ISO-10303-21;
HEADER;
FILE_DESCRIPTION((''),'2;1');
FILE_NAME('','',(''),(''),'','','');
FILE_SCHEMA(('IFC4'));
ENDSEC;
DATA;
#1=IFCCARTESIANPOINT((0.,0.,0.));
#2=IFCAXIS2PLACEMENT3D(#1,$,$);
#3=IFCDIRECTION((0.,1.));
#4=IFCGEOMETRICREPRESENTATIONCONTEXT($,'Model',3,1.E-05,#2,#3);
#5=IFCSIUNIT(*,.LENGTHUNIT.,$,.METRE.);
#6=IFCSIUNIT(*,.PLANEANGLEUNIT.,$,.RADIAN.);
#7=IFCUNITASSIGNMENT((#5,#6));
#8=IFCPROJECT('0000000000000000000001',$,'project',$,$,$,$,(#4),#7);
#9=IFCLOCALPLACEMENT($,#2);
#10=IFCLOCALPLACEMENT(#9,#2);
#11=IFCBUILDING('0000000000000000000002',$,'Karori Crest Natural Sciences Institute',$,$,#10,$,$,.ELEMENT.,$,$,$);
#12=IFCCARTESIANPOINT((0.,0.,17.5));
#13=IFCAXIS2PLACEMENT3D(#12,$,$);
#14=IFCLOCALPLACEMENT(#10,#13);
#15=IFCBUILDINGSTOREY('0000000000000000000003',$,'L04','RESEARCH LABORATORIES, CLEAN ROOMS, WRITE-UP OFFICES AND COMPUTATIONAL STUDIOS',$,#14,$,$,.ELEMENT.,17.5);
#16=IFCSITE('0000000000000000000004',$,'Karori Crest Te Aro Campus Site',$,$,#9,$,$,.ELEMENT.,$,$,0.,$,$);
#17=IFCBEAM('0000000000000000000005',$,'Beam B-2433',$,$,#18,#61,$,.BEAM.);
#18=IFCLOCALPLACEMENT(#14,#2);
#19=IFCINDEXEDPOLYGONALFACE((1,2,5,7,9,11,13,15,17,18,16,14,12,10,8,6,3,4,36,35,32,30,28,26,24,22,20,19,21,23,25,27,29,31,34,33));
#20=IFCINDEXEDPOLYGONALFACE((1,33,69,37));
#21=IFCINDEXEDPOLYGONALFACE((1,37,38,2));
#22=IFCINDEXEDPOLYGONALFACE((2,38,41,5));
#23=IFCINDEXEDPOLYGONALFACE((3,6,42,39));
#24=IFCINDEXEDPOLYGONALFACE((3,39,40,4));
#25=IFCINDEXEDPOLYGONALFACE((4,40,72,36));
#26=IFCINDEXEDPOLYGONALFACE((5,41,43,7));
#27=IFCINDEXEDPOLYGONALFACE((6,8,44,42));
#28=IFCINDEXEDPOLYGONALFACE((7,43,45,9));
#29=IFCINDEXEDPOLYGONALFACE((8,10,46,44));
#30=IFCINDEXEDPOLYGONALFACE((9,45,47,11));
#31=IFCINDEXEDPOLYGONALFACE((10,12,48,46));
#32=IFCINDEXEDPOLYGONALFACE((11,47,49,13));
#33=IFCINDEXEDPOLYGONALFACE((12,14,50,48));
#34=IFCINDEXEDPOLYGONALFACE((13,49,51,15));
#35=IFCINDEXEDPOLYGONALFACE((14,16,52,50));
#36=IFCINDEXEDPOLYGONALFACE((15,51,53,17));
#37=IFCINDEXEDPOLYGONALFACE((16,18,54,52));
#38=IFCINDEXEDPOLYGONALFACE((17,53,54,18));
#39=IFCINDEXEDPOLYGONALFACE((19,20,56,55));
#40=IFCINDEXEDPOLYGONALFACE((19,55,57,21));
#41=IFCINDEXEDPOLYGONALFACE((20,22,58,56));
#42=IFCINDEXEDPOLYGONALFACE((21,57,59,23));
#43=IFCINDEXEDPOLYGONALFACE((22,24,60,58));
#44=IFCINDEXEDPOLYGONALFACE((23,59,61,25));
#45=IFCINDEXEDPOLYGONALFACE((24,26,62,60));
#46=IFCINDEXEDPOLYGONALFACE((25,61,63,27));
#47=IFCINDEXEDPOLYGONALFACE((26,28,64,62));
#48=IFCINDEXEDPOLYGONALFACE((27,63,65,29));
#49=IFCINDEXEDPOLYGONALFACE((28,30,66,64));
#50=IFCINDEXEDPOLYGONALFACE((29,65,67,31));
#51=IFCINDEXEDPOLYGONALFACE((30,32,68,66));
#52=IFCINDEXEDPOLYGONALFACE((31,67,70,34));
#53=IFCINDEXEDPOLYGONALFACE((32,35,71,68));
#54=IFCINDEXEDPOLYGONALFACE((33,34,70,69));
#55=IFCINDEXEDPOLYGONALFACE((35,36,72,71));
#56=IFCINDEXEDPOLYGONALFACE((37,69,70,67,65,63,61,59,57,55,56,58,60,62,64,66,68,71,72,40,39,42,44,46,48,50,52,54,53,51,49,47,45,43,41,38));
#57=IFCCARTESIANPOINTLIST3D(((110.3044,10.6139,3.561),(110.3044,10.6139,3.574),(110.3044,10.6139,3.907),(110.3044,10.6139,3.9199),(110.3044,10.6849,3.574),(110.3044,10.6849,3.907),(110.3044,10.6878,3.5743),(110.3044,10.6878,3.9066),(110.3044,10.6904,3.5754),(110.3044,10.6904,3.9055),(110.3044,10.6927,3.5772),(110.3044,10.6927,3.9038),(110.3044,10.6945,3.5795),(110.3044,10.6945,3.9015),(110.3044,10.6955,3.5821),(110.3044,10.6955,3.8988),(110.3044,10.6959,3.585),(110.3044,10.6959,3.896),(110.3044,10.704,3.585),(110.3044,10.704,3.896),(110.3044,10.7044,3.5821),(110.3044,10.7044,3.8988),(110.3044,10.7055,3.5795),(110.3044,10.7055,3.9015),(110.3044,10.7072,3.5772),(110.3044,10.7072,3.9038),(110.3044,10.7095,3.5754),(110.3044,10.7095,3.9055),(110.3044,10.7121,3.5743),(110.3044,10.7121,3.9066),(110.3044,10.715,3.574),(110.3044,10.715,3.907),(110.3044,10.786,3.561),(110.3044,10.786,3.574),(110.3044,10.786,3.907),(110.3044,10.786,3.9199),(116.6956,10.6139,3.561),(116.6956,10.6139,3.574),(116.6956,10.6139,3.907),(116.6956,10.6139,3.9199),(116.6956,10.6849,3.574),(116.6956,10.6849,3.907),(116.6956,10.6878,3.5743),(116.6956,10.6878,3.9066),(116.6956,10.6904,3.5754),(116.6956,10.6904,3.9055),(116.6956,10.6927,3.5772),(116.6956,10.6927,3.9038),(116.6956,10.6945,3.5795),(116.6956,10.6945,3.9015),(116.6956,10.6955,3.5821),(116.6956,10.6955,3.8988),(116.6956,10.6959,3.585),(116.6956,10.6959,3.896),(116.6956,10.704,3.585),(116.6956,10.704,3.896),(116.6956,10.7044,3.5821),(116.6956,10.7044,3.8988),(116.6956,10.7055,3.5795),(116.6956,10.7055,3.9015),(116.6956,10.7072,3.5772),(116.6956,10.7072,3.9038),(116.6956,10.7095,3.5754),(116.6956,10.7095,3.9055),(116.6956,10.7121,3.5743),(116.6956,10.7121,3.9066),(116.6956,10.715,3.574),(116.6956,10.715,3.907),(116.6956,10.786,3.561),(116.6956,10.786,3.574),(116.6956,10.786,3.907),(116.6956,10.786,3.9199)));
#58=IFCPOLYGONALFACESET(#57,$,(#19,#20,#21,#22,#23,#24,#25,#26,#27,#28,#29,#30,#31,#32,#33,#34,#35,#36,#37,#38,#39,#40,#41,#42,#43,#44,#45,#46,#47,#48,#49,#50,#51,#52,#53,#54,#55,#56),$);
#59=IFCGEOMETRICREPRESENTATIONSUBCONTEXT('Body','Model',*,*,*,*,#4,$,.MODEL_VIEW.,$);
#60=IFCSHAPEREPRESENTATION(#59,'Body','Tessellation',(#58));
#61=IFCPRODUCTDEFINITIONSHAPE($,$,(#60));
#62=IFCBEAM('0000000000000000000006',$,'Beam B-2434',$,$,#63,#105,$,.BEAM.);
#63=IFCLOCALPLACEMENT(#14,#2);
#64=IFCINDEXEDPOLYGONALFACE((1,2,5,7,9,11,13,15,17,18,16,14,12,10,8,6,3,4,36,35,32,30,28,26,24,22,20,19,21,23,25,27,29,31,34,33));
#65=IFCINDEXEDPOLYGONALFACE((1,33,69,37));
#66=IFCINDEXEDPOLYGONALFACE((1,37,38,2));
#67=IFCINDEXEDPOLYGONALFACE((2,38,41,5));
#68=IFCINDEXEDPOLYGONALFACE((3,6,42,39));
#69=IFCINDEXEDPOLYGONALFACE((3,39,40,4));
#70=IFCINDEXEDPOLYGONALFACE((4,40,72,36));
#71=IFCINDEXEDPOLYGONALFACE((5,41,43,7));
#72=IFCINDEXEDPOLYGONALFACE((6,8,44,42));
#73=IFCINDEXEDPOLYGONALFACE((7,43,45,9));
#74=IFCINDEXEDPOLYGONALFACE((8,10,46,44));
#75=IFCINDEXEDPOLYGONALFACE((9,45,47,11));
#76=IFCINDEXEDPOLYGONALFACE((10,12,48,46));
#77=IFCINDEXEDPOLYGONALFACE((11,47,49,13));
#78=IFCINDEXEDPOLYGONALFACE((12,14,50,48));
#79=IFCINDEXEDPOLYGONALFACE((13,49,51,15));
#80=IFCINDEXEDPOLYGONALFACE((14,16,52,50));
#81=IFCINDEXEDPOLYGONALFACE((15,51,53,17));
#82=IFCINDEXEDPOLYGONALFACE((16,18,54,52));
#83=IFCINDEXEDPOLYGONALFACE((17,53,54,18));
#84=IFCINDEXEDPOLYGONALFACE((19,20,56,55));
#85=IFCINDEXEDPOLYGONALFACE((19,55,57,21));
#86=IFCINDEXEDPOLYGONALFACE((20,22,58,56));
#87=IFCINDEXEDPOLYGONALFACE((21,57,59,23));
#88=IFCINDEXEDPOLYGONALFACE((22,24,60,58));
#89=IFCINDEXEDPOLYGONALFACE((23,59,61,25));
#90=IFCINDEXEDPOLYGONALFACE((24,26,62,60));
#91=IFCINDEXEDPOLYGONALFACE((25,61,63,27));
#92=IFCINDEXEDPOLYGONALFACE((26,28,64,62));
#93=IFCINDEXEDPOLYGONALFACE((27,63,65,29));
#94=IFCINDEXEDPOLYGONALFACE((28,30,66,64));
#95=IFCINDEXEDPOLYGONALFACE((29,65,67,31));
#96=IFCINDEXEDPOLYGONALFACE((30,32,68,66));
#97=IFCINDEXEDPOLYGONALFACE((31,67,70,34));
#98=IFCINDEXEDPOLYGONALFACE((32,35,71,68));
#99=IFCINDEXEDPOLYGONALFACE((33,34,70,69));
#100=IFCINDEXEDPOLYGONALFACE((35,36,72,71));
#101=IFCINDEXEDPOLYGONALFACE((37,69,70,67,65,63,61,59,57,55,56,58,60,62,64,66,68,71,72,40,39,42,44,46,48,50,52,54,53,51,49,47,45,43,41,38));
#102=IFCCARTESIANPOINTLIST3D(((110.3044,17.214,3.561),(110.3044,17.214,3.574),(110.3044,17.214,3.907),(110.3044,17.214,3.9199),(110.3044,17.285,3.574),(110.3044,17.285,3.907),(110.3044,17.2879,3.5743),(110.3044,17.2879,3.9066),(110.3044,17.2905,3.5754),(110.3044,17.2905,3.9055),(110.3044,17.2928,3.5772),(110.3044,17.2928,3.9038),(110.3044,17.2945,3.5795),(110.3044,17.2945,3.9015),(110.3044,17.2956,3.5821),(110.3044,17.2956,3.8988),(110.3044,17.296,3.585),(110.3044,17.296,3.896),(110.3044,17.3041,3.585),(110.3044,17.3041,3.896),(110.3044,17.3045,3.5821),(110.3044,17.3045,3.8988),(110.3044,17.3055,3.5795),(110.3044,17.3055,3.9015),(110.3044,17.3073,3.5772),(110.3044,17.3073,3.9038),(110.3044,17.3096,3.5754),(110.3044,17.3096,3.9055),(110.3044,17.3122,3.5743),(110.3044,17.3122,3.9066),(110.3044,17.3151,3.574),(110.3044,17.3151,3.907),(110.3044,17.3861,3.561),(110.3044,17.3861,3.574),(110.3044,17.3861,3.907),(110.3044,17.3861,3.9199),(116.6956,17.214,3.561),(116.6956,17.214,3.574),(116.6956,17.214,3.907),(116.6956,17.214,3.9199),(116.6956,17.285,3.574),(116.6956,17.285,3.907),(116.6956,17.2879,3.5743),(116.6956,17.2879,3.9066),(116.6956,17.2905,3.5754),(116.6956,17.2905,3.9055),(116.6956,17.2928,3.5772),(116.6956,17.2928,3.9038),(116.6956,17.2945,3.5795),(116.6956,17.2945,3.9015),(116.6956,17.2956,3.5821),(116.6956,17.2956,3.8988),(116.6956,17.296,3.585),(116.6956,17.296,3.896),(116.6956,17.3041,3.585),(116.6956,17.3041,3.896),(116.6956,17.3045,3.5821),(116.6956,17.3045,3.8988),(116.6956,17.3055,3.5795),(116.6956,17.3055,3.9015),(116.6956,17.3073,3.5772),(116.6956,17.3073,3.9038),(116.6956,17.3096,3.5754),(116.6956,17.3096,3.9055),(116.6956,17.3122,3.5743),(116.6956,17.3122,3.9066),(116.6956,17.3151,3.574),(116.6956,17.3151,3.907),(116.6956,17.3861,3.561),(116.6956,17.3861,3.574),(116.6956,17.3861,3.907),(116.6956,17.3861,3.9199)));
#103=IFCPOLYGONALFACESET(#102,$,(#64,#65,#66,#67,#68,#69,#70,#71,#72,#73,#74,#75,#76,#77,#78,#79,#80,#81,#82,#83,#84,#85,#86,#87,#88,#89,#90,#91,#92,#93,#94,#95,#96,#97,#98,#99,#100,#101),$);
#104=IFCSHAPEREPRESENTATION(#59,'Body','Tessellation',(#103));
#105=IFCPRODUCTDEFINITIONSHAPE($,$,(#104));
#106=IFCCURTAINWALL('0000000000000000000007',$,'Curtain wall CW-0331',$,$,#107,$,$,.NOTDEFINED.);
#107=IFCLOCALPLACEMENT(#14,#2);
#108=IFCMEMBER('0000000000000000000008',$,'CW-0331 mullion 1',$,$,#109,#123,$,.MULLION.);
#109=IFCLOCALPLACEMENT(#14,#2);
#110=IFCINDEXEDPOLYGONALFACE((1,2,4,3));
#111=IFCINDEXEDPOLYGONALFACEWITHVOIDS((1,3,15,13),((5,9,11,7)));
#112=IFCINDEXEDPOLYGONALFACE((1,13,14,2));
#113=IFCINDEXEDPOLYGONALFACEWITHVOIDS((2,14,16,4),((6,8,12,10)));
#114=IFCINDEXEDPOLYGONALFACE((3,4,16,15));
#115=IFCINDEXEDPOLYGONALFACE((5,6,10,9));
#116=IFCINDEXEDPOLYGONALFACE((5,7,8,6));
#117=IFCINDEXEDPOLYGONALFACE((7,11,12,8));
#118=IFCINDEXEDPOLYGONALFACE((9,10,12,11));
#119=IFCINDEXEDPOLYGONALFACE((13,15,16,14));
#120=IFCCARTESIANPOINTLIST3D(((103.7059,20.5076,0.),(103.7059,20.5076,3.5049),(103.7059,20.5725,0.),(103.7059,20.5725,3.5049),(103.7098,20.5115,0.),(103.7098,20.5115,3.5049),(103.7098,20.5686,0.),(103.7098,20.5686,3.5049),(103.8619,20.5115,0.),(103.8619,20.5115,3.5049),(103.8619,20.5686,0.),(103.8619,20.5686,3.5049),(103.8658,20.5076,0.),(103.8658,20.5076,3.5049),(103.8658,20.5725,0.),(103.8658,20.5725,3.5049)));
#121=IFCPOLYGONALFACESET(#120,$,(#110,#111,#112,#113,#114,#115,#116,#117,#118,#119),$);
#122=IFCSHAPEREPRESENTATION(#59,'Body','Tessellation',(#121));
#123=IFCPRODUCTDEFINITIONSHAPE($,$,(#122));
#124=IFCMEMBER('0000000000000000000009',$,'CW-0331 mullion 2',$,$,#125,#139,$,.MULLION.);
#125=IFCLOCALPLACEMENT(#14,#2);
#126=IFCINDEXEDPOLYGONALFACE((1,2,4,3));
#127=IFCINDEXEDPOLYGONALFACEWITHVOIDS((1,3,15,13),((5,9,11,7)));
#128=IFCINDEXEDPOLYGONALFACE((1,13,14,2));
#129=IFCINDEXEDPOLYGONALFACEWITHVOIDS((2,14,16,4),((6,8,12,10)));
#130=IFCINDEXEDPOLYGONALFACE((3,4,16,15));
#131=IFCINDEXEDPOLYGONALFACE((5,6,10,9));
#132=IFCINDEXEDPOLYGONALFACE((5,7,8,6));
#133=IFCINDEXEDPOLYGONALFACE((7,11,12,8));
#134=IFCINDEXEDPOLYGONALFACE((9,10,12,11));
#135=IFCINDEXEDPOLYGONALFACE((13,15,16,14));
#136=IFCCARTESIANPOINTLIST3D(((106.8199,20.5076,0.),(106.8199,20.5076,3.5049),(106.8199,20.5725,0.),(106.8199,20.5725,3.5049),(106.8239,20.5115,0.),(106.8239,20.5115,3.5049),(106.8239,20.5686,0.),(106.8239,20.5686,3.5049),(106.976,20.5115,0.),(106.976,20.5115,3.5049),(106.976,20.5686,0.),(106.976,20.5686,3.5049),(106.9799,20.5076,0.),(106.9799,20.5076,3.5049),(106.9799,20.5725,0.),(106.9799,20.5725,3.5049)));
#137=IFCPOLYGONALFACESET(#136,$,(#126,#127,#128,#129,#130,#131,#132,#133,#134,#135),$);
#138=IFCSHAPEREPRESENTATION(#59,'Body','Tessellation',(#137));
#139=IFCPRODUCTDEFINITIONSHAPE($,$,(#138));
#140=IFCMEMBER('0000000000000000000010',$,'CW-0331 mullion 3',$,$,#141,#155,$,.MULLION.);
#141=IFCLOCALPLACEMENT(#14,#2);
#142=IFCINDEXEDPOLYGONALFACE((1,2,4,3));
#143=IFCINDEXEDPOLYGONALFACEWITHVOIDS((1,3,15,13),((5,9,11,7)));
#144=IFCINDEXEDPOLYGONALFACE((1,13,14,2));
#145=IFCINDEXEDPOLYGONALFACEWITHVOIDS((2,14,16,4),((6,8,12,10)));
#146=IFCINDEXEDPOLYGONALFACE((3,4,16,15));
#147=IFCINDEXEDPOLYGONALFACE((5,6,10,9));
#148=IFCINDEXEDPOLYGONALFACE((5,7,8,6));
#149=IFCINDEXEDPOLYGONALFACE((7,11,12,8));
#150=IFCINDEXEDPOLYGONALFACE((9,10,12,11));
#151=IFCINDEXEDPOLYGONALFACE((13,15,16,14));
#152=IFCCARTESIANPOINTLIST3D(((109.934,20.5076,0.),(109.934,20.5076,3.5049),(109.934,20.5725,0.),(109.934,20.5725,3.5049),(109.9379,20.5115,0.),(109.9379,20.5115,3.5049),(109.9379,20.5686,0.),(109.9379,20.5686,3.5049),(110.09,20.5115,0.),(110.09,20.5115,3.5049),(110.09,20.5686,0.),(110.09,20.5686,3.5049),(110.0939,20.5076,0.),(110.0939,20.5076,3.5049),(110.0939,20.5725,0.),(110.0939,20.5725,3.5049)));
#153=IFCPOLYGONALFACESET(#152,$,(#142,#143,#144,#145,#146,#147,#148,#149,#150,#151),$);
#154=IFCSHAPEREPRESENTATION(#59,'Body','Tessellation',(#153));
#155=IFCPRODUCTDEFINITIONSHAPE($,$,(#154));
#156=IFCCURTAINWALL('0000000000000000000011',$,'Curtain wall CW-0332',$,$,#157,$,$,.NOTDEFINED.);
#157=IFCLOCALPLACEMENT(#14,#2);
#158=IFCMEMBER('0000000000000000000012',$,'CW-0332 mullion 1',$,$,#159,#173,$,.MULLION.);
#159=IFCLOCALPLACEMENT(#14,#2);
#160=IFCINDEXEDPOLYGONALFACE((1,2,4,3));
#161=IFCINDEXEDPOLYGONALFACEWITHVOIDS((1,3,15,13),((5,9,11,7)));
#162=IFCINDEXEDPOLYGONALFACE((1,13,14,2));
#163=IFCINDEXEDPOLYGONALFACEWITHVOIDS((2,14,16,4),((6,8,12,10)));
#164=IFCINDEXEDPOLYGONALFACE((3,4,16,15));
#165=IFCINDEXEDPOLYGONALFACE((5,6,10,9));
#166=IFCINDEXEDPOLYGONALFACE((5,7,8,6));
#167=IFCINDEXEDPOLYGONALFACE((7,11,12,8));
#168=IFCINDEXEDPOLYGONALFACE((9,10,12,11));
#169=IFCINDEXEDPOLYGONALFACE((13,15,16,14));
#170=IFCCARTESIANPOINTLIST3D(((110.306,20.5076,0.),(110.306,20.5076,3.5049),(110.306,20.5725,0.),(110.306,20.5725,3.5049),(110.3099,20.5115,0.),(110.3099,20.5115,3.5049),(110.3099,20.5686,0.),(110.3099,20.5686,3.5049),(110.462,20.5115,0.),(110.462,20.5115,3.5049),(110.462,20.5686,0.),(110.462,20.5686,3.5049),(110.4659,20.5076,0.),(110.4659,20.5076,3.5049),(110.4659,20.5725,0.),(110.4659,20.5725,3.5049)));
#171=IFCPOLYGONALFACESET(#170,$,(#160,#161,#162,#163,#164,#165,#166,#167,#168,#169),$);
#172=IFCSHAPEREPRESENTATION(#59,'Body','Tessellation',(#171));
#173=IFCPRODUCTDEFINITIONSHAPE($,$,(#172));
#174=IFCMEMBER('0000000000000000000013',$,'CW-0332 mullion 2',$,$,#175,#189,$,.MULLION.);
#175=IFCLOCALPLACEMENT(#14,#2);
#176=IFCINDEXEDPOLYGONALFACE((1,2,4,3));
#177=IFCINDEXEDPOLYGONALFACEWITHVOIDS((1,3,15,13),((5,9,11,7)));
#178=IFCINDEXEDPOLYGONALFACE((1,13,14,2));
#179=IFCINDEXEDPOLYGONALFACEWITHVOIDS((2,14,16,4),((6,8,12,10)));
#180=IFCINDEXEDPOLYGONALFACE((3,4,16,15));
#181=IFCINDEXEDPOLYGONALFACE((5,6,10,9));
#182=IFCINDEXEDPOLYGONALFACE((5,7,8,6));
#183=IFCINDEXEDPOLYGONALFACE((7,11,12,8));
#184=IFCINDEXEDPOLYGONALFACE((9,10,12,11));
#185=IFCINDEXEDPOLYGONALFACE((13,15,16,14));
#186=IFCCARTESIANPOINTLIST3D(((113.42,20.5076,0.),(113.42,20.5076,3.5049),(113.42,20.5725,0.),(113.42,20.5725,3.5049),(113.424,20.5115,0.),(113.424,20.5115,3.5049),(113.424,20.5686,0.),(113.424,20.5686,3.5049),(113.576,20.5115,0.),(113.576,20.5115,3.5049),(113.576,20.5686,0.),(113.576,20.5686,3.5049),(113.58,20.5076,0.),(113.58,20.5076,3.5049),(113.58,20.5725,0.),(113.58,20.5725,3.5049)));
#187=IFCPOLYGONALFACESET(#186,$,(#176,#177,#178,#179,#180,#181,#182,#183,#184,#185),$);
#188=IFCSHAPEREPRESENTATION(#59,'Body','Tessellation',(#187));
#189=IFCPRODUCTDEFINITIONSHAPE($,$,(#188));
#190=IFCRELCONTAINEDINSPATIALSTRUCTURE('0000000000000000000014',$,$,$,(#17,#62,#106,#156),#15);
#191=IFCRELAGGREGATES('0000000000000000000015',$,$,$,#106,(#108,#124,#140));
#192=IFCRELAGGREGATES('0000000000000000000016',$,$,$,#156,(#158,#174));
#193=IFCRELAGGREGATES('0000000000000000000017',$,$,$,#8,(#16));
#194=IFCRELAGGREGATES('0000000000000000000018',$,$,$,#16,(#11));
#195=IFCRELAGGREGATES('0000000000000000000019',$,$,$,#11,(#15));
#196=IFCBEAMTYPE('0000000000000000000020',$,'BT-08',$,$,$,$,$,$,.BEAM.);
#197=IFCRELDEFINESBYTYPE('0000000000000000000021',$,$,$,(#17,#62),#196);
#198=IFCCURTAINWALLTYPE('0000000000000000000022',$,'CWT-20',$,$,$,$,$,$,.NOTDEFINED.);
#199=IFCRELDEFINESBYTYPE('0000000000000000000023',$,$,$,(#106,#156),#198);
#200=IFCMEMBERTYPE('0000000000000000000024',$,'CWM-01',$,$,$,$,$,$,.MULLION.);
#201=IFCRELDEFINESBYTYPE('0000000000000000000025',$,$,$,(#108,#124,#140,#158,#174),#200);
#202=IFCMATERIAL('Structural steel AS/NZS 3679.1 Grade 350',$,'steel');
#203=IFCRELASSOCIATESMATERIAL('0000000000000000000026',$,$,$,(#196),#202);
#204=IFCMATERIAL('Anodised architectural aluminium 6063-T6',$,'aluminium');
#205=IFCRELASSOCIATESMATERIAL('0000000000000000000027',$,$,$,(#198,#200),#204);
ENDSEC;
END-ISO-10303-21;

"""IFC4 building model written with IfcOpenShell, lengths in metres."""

from ifc_helpers import new_model, si_unit, direction, frame, origin, origin_2d, place, context, subcontext, project, spatial, hollow_rectangle, i_section, extrude, material, material_profile, profile_set, type_object, element, aggregate, save


model = new_model("IFC4")

# Units and contexts
model_context = context("Model", 3, precision=1e-05, world=origin(), true_north=direction((0.0, 1.0)))
body_context = subcontext(model_context, "Body", "Model", "MODEL_VIEW")
ifc_project = project(units=[si_unit("LENGTHUNIT", "METRE"), si_unit("PLANEANGLEUNIT", "RADIAN")], contexts=[model_context])

# Site, building, storey
site_placement = place(None, origin())
site = spatial("IfcSite", under=ifc_project, at=site_placement, Name="Karori Crest Te Aro Campus Site", CompositionType="ELEMENT", RefElevation=0.0)
building_placement = place(site_placement, origin())
building = spatial("IfcBuilding", under=site, at=building_placement, Name="Karori Crest Natural Sciences Institute", CompositionType="ELEMENT")
storey_placement = place(building_placement, frame((0.0, 0.0, 17.5)))
storey = spatial("IfcBuildingStorey", under=building, at=storey_placement, Name="L04", Description="RESEARCH LABORATORIES, CLEAN ROOMS, WRITE-UP OFFICES AND COMPUTATIONAL STUDIOS", CompositionType="ELEMENT", Elevation=17.5)

# Shared definitions
ifc_material_1 = material(Name="Structural steel AS/NZS 3679.1 Grade 350", Category="steel")

# Beams
ifc_material_profile_1 = material_profile(ifc_material_1, i_section(OverallWidth=0.1721, OverallDepth=0.3589, WebThickness=0.0081, FlangeThickness=0.0129, FilletRadius=0.011, at=origin_2d()), Name="360UB56.7")
ifc_profile_set_1 = profile_set([ifc_material_profile_1], Name="Structural steel AS/NZS 3679.1 Grade 350")
beam_type_1 = type_object("IfcBeamType", Name="BT-08", PredefinedType="BEAM", material=ifc_profile_set_1)
for number, where, z_axis, x_axis, name in (
    (1, (110.3044, 10.7, 3.7405), (1.0, 0.0, 0.0), (0.0, 1.0, 0.0), "Beam B-2433"),
    (2, (110.3044, 17.3, 3.7405), (1.0, 0.0, 0.0), (0.0, 1.0, 0.0), "Beam B-2434"),
):
    element("IfcBeam", number, at=place(storey_placement, frame(where, z_axis=z_axis, x_axis=x_axis)), inside=storey, type_object=beam_type_1, Name=name, PredefinedType="BEAM", context=body_context, shape_type="SweptSolid", body=[
        extrude(i_section(OverallWidth=0.1721, OverallDepth=0.3589, WebThickness=0.0081, FlangeThickness=0.0129, FilletRadius=0.011, at=origin_2d()), origin(), (0.0, 0.0, 1.0), 6.3911),
    ])

# Curtain walls, members
ifc_material_2 = material(Name="Anodised architectural aluminium 6063-T6", Category="aluminium")
curtain_wall_type = type_object("IfcCurtainWallType", Name="CWT-20", PredefinedType="NOTDEFINED", material=ifc_material_2)
curtain_wall_1_placement = place(storey_placement, origin())
curtain_wall_1 = element("IfcCurtainWall", 3, at=curtain_wall_1_placement, inside=storey, type_object=curtain_wall_type, Name="Curtain wall CW-0331", PredefinedType="NOTDEFINED")
ifc_material_profile_2 = material_profile(ifc_material_2, hollow_rectangle(XDim=0.0649, YDim=0.1599, WallThickness=0.0039, at=origin_2d()), Name="CWM160x65x4")
ifc_profile_set_2 = profile_set([ifc_material_profile_2], Name="Anodised architectural aluminium 6063-T6")
member_type_1 = type_object("IfcMemberType", Name="CWM-01", PredefinedType="MULLION", material=ifc_profile_set_2)
member_1_placement = place(storey_placement, frame((103.7859, 20.54, 0.0), z_axis=(0.0, 0.0, 1.0), x_axis=(0.0, 1.0, 0.0)))
member_1 = element("IfcMember", 4, at=member_1_placement, type_object=member_type_1, Name="CW-0331 mullion 1", PredefinedType="MULLION", context=body_context, shape_type="SweptSolid", body=[
    extrude(hollow_rectangle(XDim=0.0649, YDim=0.1599, WallThickness=0.0039, at=origin_2d()), origin(), (0.0, 0.0, 1.0), 3.5049),
])
member_2_placement = place(storey_placement, frame((106.8999, 20.54, 0.0), z_axis=(0.0, 0.0, 1.0), x_axis=(0.0, 1.0, 0.0)))
member_2 = element("IfcMember", 5, at=member_2_placement, type_object=member_type_1, Name="CW-0331 mullion 2", PredefinedType="MULLION", context=body_context, shape_type="SweptSolid", body=[
    extrude(hollow_rectangle(XDim=0.0649, YDim=0.1599, WallThickness=0.0039, at=origin_2d()), origin(), (0.0, 0.0, 1.0), 3.5049),
])
member_3_placement = place(storey_placement, frame((110.0139, 20.54, 0.0), z_axis=(0.0, 0.0, 1.0), x_axis=(0.0, 1.0, 0.0)))
member_3 = element("IfcMember", 6, at=member_3_placement, type_object=member_type_1, Name="CW-0331 mullion 3", PredefinedType="MULLION", context=body_context, shape_type="SweptSolid", body=[
    extrude(hollow_rectangle(XDim=0.0649, YDim=0.1599, WallThickness=0.0039, at=origin_2d()), origin(), (0.0, 0.0, 1.0), 3.5049),
])
curtain_wall_2_placement = place(storey_placement, origin())
curtain_wall_2 = element("IfcCurtainWall", 7, at=curtain_wall_2_placement, inside=storey, type_object=curtain_wall_type, Name="Curtain wall CW-0332", PredefinedType="NOTDEFINED")
member_4_placement = place(storey_placement, frame((110.386, 20.54, 0.0), z_axis=(0.0, 0.0, 1.0), x_axis=(0.0, 1.0, 0.0)))
member_4 = element("IfcMember", 8, at=member_4_placement, type_object=member_type_1, Name="CW-0332 mullion 1", PredefinedType="MULLION", context=body_context, shape_type="SweptSolid", body=[
    extrude(hollow_rectangle(XDim=0.0649, YDim=0.1599, WallThickness=0.0039, at=origin_2d()), origin(), (0.0, 0.0, 1.0), 3.5049),
])
member_5_placement = place(storey_placement, frame((113.5, 20.54, 0.0), z_axis=(0.0, 0.0, 1.0), x_axis=(0.0, 1.0, 0.0)))
member_5 = element("IfcMember", 9, at=member_5_placement, type_object=member_type_1, Name="CW-0332 mullion 2", PredefinedType="MULLION", context=body_context, shape_type="SweptSolid", body=[
    extrude(hollow_rectangle(XDim=0.0649, YDim=0.1599, WallThickness=0.0039, at=origin_2d()), origin(), (0.0, 0.0, 1.0), 3.5049),
])

aggregate(curtain_wall_1, [member_1, member_2, member_3])
aggregate(curtain_wall_2, [member_4, member_5])

save(model, "model.ifc")
